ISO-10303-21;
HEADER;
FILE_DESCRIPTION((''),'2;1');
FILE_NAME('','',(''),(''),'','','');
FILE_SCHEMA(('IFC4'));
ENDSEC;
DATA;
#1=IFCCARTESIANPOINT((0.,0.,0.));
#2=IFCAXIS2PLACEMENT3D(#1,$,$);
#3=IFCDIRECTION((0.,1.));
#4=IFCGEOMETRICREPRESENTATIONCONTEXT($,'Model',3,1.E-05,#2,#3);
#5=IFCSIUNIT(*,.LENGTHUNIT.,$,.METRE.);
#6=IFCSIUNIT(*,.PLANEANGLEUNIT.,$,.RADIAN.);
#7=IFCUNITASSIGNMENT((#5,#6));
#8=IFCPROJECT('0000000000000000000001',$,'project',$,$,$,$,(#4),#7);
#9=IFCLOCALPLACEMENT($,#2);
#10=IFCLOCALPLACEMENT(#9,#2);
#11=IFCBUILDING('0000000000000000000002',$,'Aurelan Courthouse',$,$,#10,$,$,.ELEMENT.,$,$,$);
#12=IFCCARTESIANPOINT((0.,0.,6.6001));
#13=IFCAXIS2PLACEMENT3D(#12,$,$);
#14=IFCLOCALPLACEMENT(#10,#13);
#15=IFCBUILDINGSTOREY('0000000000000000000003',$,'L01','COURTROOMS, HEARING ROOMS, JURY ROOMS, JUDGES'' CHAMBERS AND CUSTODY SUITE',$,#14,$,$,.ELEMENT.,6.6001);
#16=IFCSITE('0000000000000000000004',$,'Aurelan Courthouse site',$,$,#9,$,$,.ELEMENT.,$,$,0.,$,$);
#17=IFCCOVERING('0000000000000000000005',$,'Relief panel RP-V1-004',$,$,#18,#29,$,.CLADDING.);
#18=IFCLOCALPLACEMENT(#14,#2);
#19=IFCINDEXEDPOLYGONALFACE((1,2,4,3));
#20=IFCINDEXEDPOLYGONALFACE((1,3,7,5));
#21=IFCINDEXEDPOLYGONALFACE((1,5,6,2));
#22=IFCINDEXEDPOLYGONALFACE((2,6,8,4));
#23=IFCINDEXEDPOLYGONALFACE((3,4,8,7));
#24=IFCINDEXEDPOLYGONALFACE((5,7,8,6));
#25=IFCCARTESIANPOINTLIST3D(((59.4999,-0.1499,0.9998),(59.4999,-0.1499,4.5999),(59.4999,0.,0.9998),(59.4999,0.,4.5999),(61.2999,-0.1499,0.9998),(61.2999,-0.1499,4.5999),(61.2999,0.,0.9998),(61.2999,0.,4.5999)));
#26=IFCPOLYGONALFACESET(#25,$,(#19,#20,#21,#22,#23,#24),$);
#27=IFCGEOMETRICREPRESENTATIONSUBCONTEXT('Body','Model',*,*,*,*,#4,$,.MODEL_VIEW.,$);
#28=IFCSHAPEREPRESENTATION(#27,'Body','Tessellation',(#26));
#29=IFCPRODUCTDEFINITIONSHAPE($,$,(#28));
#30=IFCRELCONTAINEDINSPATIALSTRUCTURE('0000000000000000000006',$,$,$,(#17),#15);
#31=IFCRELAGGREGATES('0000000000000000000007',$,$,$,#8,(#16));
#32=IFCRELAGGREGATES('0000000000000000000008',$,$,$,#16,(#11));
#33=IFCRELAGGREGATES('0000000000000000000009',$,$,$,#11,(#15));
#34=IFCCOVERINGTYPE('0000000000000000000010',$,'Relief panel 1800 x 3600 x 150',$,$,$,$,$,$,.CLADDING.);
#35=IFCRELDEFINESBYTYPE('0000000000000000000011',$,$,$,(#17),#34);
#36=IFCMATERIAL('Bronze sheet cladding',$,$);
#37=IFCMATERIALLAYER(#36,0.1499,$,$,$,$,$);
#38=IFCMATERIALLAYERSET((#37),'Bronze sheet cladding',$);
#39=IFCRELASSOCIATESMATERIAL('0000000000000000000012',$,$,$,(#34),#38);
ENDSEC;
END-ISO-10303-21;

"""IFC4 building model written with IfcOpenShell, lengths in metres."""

from ifc_helpers import new_model, si_unit, direction, frame, origin, origin_2d, place, context, subcontext, project, spatial, rectangle, extrude, material, layer, layer_set, type_object, element, save


model = new_model("IFC4")

# Units and contexts
model_context = context("Model", 3, precision=1e-05, world=origin(), true_north=direction((0.0, 1.0)))
body_context = subcontext(model_context, "Body", "Model", "MODEL_VIEW")
ifc_project = project(units=[si_unit("LENGTHUNIT", "METRE"), si_unit("PLANEANGLEUNIT", "RADIAN")], contexts=[model_context])

# Site, building, storey
site_placement = place(None, origin())
site = spatial("IfcSite", under=ifc_project, at=site_placement, Name="Aurelan Courthouse site", CompositionType="ELEMENT", RefElevation=0.0)
building_placement = place(site_placement, origin())
building = spatial("IfcBuilding", under=site, at=building_placement, Name="Aurelan Courthouse", CompositionType="ELEMENT")
storey_placement = place(building_placement, frame((0.0, 0.0, 6.6001)))
storey = spatial("IfcBuildingStorey", under=building, at=storey_placement, Name="L01", Description="COURTROOMS, HEARING ROOMS, JURY ROOMS, JUDGES' CHAMBERS AND CUSTODY SUITE", CompositionType="ELEMENT", Elevation=6.6001)

# Covering
ifc_material_1 = material(Name="Bronze sheet cladding")
ifc_layer_1 = layer(ifc_material_1, 0.1499)
ifc_layer_set_1 = layer_set([ifc_layer_1], Name="Bronze sheet cladding")
covering_type_1 = type_object("IfcCoveringType", Name="Relief panel 1800 x 3600 x 150", PredefinedType="CLADDING", material=ifc_layer_set_1)
covering_1_placement = place(storey_placement, frame((60.3999, -0.075, 0.9998), z_axis=(0.0, 0.0, 1.0), x_axis=(1.0, 0.0, 0.0)))
element("IfcCovering", 1, at=covering_1_placement, inside=storey, type_object=covering_type_1, Name="Relief panel RP-V1-004", PredefinedType="CLADDING", context=body_context, shape_type="SweptSolid", body=[
    extrude(rectangle(XDim=1.8, YDim=0.1499, at=origin_2d()), origin(), (0.0, 0.0, 1.0), 3.6001),
])

save(model, "model.ifc")
